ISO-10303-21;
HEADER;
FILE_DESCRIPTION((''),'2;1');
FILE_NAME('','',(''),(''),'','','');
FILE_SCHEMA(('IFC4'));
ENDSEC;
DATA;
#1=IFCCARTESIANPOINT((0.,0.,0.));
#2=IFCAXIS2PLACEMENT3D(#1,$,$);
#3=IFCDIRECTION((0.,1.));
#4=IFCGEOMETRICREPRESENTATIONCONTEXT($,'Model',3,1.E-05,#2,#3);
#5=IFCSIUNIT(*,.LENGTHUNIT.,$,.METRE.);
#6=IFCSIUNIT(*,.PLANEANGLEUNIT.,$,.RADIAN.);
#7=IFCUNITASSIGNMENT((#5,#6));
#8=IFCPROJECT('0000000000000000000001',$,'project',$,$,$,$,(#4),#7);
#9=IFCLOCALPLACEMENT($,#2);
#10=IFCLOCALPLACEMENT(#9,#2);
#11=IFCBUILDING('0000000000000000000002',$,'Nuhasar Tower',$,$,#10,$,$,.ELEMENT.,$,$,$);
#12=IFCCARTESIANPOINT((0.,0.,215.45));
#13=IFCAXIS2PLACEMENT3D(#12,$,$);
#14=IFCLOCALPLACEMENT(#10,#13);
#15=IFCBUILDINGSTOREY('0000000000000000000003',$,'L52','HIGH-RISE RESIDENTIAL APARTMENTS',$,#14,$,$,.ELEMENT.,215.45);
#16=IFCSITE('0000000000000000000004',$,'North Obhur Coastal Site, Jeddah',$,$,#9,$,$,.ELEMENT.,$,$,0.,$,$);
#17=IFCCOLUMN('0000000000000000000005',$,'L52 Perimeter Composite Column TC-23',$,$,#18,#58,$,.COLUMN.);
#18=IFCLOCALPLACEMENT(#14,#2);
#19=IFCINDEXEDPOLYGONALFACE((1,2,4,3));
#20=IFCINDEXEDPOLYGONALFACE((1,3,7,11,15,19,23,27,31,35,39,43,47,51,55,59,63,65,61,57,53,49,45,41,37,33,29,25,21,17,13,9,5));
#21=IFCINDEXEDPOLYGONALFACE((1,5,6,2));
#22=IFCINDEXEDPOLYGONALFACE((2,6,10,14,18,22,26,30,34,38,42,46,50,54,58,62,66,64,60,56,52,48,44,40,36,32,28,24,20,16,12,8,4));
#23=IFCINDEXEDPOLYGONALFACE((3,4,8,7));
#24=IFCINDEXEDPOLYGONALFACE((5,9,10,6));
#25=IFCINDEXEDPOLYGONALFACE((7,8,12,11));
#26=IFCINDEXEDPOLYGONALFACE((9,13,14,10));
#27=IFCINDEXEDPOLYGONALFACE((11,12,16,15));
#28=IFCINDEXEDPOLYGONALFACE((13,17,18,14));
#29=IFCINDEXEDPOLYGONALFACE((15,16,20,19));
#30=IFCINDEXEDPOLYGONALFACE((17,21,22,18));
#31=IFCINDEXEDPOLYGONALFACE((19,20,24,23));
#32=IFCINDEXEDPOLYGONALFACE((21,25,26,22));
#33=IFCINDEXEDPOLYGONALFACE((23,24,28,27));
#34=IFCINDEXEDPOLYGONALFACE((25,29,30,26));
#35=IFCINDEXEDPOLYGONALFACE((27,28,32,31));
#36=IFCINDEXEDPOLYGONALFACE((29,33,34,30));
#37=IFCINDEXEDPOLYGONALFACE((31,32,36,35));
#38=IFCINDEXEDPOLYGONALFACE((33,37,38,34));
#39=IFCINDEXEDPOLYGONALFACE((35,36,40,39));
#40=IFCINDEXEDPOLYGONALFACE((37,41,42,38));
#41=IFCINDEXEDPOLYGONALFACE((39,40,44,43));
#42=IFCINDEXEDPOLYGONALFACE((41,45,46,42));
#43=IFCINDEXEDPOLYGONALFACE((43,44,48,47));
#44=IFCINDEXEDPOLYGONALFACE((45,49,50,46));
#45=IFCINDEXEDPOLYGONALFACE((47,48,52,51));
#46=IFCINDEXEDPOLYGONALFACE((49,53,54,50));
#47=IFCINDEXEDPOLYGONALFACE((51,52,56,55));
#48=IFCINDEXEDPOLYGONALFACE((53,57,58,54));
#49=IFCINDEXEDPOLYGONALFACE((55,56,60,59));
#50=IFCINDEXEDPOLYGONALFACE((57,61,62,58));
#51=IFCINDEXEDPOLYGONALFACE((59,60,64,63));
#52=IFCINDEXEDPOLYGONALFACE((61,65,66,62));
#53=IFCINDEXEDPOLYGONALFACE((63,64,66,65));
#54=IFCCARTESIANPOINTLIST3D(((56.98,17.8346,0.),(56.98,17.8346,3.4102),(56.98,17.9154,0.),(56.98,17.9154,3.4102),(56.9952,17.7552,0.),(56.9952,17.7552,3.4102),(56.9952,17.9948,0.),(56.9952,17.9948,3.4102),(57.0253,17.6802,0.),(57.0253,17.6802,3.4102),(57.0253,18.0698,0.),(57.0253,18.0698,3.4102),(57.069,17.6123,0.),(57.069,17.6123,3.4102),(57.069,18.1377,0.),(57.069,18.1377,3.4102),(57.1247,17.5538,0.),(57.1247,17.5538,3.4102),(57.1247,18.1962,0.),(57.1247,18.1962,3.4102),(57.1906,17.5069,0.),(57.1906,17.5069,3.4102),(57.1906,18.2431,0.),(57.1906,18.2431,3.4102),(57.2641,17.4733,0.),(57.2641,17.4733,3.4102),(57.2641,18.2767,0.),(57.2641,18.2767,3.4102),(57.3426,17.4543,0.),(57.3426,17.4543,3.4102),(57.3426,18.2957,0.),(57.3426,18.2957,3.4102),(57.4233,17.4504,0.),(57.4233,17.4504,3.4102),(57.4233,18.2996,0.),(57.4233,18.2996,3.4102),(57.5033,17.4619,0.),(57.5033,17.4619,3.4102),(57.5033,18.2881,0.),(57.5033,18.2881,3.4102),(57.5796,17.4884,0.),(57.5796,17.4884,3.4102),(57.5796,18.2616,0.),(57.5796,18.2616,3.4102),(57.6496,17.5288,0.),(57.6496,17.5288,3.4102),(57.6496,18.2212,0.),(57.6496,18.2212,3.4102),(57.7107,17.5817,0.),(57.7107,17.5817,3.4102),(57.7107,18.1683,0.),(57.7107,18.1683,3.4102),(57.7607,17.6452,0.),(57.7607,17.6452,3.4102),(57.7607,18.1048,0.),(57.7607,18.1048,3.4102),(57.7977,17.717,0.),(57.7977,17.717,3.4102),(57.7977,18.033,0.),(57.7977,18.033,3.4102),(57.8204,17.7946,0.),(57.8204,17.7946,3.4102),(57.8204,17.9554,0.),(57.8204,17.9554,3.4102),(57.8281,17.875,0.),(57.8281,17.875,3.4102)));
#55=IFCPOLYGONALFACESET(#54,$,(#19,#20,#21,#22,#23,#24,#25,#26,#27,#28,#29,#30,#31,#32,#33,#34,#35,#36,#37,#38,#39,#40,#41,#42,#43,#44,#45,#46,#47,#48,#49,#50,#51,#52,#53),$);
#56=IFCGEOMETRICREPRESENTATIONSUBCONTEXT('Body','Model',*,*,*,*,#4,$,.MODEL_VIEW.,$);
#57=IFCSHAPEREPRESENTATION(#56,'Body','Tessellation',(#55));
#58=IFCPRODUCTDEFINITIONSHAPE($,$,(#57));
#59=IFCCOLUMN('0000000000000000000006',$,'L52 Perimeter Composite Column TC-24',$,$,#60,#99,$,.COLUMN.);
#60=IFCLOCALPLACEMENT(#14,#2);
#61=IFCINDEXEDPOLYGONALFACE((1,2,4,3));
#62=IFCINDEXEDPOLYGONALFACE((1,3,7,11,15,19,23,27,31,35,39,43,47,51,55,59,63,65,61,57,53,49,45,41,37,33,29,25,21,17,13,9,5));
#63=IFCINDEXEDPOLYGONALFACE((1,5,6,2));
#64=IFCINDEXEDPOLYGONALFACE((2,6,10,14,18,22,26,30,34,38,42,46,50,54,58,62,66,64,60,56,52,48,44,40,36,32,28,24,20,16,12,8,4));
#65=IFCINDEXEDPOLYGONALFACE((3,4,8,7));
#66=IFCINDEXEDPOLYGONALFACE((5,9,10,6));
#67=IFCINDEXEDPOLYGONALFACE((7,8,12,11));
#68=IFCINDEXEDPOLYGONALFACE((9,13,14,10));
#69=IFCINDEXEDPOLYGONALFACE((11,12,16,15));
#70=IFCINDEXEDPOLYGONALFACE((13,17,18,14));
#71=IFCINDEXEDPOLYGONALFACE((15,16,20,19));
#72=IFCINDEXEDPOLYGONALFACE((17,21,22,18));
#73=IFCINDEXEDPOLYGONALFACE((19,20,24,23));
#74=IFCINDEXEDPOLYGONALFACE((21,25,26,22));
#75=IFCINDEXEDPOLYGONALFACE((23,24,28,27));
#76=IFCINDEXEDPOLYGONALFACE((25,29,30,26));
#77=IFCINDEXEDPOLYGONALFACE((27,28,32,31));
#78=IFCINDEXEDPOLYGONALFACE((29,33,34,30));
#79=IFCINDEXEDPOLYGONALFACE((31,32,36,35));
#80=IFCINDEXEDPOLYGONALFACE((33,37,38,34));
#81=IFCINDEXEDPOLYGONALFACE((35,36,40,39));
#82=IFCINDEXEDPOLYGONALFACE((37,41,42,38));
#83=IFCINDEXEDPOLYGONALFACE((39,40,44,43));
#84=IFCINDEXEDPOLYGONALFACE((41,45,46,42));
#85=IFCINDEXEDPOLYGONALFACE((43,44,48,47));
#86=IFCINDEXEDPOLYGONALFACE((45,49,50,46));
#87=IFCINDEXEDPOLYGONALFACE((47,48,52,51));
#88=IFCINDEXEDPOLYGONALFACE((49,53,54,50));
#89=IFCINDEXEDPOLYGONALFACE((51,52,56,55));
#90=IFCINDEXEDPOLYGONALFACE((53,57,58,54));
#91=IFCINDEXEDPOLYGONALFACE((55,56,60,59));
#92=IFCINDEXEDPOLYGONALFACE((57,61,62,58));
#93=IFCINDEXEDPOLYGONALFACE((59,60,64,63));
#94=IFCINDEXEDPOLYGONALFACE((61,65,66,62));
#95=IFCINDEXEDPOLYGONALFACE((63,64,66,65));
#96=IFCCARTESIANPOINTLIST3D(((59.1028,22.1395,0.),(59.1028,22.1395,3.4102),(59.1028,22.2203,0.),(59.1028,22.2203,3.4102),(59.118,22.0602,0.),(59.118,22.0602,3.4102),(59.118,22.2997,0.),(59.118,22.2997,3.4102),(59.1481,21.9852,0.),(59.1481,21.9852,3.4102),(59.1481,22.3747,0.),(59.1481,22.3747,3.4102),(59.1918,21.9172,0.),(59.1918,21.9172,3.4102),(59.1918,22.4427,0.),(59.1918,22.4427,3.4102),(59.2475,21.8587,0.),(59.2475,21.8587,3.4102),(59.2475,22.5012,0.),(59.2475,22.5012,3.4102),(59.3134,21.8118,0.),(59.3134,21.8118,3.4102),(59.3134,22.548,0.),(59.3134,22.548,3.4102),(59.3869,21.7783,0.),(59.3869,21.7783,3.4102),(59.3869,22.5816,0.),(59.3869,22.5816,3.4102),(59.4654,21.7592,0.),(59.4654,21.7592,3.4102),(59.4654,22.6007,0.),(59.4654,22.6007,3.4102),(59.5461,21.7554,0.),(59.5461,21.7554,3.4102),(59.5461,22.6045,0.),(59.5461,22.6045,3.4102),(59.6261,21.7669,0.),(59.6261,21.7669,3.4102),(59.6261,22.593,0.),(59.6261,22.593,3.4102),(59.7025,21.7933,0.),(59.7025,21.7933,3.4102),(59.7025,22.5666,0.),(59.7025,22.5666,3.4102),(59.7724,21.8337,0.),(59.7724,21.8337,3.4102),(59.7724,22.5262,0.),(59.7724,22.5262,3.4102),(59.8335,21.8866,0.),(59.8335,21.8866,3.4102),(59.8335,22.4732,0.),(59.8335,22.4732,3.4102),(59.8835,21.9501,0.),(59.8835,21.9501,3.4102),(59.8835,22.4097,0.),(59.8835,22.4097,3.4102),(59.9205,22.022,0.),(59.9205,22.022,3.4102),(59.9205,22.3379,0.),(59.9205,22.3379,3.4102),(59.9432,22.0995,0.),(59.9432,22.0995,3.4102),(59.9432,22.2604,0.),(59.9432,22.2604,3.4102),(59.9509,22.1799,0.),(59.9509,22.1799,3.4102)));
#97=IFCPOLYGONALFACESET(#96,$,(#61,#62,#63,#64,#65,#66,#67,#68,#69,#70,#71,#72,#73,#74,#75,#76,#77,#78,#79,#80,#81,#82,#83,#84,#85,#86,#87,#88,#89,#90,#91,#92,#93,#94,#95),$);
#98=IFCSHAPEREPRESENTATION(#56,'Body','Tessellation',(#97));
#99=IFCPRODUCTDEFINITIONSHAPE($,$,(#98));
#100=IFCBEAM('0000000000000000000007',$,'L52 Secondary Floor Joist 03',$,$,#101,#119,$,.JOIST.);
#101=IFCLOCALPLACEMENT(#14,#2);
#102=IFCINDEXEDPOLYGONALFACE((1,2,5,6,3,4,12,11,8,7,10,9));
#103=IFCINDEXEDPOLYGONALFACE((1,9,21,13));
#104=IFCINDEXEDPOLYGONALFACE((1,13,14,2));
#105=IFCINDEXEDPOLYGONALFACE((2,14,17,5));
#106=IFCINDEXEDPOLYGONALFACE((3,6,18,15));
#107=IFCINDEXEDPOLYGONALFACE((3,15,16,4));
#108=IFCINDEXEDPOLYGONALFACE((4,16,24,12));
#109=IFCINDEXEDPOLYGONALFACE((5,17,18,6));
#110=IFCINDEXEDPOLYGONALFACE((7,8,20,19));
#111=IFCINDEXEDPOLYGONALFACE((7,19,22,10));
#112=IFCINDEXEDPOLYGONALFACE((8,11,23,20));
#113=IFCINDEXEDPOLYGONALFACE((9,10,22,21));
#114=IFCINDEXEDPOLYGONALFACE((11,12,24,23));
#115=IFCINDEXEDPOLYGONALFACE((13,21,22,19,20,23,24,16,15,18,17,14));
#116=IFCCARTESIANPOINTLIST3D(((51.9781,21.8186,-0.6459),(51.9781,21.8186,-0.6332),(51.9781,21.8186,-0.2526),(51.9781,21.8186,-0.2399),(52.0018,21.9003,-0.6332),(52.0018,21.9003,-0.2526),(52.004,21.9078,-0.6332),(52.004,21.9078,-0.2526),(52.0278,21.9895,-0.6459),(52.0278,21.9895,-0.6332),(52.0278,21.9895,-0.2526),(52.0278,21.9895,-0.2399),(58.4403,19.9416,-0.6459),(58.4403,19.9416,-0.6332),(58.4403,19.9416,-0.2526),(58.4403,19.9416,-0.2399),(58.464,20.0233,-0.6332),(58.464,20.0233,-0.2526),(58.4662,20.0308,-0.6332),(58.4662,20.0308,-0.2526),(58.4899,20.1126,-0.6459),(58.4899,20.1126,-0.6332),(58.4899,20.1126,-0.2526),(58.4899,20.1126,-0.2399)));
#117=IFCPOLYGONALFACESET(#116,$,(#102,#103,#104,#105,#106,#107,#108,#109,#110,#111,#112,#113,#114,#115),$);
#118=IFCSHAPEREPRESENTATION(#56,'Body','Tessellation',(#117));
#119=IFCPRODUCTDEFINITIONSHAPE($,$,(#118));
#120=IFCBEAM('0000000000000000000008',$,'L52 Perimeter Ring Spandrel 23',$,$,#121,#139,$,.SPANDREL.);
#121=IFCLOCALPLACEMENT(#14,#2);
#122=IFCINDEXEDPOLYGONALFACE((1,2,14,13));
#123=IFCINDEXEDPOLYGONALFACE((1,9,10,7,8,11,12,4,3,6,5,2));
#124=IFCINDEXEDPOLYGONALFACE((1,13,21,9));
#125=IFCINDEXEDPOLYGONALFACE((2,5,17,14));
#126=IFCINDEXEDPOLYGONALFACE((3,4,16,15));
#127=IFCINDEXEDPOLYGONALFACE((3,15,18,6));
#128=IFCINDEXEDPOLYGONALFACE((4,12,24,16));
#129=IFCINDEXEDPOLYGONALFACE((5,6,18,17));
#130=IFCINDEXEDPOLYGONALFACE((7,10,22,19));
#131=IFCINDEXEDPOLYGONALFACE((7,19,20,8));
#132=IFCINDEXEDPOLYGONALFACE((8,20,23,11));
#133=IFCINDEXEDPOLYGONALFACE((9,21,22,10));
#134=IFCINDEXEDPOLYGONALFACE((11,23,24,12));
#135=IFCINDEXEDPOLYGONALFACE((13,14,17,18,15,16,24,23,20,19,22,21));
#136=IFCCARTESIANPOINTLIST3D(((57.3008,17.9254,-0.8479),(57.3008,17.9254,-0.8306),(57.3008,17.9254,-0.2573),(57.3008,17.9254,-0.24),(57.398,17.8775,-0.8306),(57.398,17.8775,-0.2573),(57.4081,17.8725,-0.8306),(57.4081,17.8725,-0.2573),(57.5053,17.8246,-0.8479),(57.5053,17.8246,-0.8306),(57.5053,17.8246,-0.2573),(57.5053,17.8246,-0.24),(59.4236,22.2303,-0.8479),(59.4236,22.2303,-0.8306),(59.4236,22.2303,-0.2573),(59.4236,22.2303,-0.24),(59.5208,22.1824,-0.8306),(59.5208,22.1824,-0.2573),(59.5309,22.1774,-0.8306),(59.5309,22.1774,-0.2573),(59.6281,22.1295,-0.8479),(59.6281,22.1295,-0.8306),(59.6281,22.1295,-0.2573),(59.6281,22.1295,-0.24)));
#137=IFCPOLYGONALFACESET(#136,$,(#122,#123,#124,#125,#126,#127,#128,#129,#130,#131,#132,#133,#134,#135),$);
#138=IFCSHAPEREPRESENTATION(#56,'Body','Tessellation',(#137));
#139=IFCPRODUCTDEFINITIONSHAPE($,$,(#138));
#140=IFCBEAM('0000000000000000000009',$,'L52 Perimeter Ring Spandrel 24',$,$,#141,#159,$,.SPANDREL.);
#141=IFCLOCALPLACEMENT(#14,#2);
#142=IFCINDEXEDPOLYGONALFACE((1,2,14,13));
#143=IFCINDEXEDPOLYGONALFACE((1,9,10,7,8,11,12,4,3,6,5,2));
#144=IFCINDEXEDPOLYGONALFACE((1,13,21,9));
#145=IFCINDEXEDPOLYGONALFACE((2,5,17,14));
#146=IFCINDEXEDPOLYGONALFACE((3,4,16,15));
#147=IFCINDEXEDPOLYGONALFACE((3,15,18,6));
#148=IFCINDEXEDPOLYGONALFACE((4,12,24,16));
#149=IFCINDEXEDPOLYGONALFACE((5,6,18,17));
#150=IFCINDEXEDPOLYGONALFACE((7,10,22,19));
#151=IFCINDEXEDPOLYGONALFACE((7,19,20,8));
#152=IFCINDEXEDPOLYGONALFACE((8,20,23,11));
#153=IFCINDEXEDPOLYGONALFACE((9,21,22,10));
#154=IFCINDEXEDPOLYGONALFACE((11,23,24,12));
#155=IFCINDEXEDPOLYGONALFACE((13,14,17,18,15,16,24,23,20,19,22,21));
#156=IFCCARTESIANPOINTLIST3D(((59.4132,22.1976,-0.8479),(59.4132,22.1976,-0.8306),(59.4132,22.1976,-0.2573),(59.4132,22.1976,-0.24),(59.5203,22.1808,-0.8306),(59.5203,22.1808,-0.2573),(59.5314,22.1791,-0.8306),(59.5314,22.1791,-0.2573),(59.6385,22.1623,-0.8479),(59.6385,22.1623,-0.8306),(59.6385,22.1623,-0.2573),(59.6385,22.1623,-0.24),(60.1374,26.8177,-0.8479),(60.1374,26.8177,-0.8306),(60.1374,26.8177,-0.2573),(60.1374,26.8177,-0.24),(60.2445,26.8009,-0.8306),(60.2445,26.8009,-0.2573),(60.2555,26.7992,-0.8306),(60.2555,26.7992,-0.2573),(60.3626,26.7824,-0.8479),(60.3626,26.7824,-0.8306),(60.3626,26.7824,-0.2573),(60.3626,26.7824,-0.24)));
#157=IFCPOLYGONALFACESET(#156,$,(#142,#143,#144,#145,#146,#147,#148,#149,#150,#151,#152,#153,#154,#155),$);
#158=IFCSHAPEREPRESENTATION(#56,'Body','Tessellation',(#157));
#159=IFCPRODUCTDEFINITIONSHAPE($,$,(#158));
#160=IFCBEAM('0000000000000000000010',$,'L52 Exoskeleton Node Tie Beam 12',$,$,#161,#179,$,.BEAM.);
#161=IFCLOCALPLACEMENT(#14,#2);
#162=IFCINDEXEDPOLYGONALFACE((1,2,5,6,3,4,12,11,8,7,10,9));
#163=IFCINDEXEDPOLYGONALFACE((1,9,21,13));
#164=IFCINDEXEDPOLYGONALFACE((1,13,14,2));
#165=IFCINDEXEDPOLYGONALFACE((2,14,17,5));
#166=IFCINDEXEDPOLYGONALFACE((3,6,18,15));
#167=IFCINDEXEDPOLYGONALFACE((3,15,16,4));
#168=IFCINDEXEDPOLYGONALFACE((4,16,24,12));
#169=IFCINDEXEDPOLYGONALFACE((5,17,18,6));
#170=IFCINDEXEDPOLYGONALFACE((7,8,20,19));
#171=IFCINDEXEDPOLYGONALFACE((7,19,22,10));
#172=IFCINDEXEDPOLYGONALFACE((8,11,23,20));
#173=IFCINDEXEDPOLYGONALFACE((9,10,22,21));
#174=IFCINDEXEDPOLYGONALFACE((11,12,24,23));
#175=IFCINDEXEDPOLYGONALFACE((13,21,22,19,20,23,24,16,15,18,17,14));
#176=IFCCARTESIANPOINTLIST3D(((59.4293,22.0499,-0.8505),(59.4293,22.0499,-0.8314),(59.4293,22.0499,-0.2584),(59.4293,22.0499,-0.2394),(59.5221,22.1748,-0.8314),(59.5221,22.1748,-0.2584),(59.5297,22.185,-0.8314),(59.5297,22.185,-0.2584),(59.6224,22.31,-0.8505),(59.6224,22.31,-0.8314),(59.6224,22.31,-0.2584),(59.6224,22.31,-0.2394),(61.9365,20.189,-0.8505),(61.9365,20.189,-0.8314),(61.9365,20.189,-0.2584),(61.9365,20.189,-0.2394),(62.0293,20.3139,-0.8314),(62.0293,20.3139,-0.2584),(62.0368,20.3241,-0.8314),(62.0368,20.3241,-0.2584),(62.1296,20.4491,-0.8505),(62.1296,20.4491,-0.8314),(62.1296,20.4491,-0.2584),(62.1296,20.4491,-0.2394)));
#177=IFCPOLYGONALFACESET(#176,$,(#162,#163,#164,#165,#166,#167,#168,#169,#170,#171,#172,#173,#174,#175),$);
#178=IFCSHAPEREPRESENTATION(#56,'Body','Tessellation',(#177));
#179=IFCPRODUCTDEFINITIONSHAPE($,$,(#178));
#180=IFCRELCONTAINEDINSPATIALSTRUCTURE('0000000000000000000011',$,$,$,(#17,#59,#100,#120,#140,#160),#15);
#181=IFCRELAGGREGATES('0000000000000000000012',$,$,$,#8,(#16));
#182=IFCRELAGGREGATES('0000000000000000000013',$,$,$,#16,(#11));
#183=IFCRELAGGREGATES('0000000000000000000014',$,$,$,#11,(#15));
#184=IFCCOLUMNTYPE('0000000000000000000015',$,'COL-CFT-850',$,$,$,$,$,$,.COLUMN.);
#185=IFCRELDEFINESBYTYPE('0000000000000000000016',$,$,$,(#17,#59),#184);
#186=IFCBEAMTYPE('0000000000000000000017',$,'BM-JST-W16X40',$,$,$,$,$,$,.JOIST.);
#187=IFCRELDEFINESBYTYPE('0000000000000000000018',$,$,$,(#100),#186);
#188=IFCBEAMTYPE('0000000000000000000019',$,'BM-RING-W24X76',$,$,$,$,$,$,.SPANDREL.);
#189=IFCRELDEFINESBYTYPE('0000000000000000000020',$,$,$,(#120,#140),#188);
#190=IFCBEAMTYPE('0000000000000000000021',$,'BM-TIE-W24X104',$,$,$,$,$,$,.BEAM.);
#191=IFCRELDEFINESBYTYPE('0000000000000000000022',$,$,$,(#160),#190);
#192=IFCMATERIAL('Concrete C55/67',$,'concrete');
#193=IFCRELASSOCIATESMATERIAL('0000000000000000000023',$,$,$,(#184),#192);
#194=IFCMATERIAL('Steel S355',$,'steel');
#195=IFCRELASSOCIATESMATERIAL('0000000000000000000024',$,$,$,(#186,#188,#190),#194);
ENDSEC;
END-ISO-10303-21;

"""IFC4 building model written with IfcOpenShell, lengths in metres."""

from ifc_helpers import new_model, si_unit, direction, frame, origin, origin_2d, place, context, subcontext, project, spatial, circle, i_section, extrude, material, material_profile, profile_set, type_object, element, save


model = new_model("IFC4")

# Units and contexts
model_context = context("Model", 3, precision=1e-05, world=origin(), true_north=direction((0.0, 1.0)))
body_context = subcontext(model_context, "Body", "Model", "MODEL_VIEW")
ifc_project = project(units=[si_unit("LENGTHUNIT", "METRE"), si_unit("PLANEANGLEUNIT", "RADIAN")], contexts=[model_context])

# Site, building, storey
site_placement = place(None, origin())
site = spatial("IfcSite", under=ifc_project, at=site_placement, Name="North Obhur Coastal Site, Jeddah", CompositionType="ELEMENT", RefElevation=0.0)
building_placement = place(site_placement, origin())
building = spatial("IfcBuilding", under=site, at=building_placement, Name="Nuhasar Tower", CompositionType="ELEMENT")
storey_placement = place(building_placement, frame((0.0, 0.0, 215.45)))
storey = spatial("IfcBuildingStorey", under=building, at=storey_placement, Name="L52", Description="HIGH-RISE RESIDENTIAL APARTMENTS", CompositionType="ELEMENT", Elevation=215.45)

# Columns
ifc_material_1 = material(Name="Concrete C55/67", Category="concrete")
ifc_material_profile_1 = material_profile(ifc_material_1, circle(Radius=0.425, at=origin_2d()), Name="CFT850")
ifc_profile_set_1 = profile_set([ifc_material_profile_1], Name="Concrete C55/67")
column_type = type_object("IfcColumnType", Name="COL-CFT-850", PredefinedType="COLUMN", material=ifc_profile_set_1)
for number, where, z_axis, x_axis, name in (
    (1, (57.4031, 17.875, 0.0), (0.0, 0.0, 1.0), (1.0, 0.0, 0.0), "L52 Perimeter Composite Column TC-23"),
    (2, (59.5259, 22.1799, 0.0), (0.0, 0.0, 1.0), (1.0, 0.0, 0.0), "L52 Perimeter Composite Column TC-24"),
):
    element("IfcColumn", number, at=place(storey_placement, frame(where, z_axis=z_axis, x_axis=x_axis)), inside=storey, type_object=column_type, Name=name, PredefinedType="COLUMN", context=body_context, shape_type="SweptSolid", body=[
        extrude(circle(Radius=0.425, at=origin_2d()), origin(), (0.0, 0.0, 1.0), 3.4102),
    ])

# Beams
ifc_material_2 = material(Name="Steel S355", Category="steel")
ifc_material_profile_2 = material_profile(ifc_material_2, i_section(OverallWidth=0.178, OverallDepth=0.406, WebThickness=0.0078, FlangeThickness=0.0127, at=origin_2d()), Name="W16X40")
ifc_profile_set_2 = profile_set([ifc_material_profile_2], Name="Steel S355")
beam_type_1 = type_object("IfcBeamType", Name="BM-JST-W16X40", PredefinedType="JOIST", material=ifc_profile_set_2)
beam_1_placement = place(storey_placement, frame((52.0029, 21.9041, -0.4429), z_axis=(0.960313, -0.278926, 0.0), x_axis=(0.278926, 0.960313, 0.0)))
element("IfcBeam", 3, at=beam_1_placement, inside=storey, type_object=beam_type_1, Name="L52 Secondary Floor Joist 03", PredefinedType="JOIST", context=body_context, shape_type="SweptSolid", body=[
    extrude(i_section(OverallWidth=0.178, OverallDepth=0.406, WebThickness=0.0078, FlangeThickness=0.0127, at=origin_2d()), origin(), (0.0, 0.0, 1.0), 6.7292),
])
ifc_material_profile_3 = material_profile(ifc_material_2, i_section(OverallWidth=0.228, OverallDepth=0.6079, WebThickness=0.0112, FlangeThickness=0.0173, at=origin_2d()), Name="W24X76")
ifc_profile_set_3 = profile_set([ifc_material_profile_3], Name="Steel S355")
beam_type_2 = type_object("IfcBeamType", Name="BM-RING-W24X76", PredefinedType="SPANDREL", material=ifc_profile_set_3)
beam_2_placement = place(storey_placement, frame((57.4031, 17.875, -0.5439), z_axis=(0.442263, 0.896886, 0.0), x_axis=(-0.896886, 0.442263, 0.0)))
element("IfcBeam", 4, at=beam_2_placement, inside=storey, type_object=beam_type_2, Name="L52 Perimeter Ring Spandrel 23", PredefinedType="SPANDREL", context=body_context, shape_type="SweptSolid", body=[
    extrude(i_section(OverallWidth=0.228, OverallDepth=0.6079, WebThickness=0.0112, FlangeThickness=0.0173, at=origin_2d()), origin(), (0.0, 0.0, 1.0), 4.7998),
])
beam_3_placement = place(storey_placement, frame((59.5259, 22.1799, -0.5439), z_axis=(0.154842, 0.987939, 0.0), x_axis=(-0.987939, 0.154842, 0.0)))
element("IfcBeam", 5, at=beam_3_placement, inside=storey, type_object=beam_type_2, Name="L52 Perimeter Ring Spandrel 24", PredefinedType="SPANDREL", context=body_context, shape_type="SweptSolid", body=[
    extrude(i_section(OverallWidth=0.228, OverallDepth=0.6079, WebThickness=0.0112, FlangeThickness=0.0173, at=origin_2d()), origin(), (0.0, 0.0, 1.0), 4.6765),
])
ifc_material_profile_4 = material_profile(ifc_material_2, i_section(OverallWidth=0.324, OverallDepth=0.6111, WebThickness=0.0127, FlangeThickness=0.019, at=origin_2d()), Name="W24X104")
ifc_profile_set_4 = profile_set([ifc_material_profile_4], Name="Steel S355")
beam_type_3 = type_object("IfcBeamType", Name="BM-TIE-W24X104", PredefinedType="BEAM", material=ifc_profile_set_4)
beam_4_placement = place(storey_placement, frame((59.5259, 22.1799, -0.5449), z_axis=(0.802983, -0.596001, 0.0), x_axis=(0.596001, 0.802983, 0.0)))
element("IfcBeam", 6, at=beam_4_placement, inside=storey, type_object=beam_type_3, Name="L52 Exoskeleton Node Tie Beam 12", PredefinedType="BEAM", context=body_context, shape_type="SweptSolid", body=[
    extrude(i_section(OverallWidth=0.324, OverallDepth=0.6111, WebThickness=0.0127, FlangeThickness=0.019, at=origin_2d()), origin(), (0.0, 0.0, 1.0), 3.1223),
])

save(model, "model.ifc")
